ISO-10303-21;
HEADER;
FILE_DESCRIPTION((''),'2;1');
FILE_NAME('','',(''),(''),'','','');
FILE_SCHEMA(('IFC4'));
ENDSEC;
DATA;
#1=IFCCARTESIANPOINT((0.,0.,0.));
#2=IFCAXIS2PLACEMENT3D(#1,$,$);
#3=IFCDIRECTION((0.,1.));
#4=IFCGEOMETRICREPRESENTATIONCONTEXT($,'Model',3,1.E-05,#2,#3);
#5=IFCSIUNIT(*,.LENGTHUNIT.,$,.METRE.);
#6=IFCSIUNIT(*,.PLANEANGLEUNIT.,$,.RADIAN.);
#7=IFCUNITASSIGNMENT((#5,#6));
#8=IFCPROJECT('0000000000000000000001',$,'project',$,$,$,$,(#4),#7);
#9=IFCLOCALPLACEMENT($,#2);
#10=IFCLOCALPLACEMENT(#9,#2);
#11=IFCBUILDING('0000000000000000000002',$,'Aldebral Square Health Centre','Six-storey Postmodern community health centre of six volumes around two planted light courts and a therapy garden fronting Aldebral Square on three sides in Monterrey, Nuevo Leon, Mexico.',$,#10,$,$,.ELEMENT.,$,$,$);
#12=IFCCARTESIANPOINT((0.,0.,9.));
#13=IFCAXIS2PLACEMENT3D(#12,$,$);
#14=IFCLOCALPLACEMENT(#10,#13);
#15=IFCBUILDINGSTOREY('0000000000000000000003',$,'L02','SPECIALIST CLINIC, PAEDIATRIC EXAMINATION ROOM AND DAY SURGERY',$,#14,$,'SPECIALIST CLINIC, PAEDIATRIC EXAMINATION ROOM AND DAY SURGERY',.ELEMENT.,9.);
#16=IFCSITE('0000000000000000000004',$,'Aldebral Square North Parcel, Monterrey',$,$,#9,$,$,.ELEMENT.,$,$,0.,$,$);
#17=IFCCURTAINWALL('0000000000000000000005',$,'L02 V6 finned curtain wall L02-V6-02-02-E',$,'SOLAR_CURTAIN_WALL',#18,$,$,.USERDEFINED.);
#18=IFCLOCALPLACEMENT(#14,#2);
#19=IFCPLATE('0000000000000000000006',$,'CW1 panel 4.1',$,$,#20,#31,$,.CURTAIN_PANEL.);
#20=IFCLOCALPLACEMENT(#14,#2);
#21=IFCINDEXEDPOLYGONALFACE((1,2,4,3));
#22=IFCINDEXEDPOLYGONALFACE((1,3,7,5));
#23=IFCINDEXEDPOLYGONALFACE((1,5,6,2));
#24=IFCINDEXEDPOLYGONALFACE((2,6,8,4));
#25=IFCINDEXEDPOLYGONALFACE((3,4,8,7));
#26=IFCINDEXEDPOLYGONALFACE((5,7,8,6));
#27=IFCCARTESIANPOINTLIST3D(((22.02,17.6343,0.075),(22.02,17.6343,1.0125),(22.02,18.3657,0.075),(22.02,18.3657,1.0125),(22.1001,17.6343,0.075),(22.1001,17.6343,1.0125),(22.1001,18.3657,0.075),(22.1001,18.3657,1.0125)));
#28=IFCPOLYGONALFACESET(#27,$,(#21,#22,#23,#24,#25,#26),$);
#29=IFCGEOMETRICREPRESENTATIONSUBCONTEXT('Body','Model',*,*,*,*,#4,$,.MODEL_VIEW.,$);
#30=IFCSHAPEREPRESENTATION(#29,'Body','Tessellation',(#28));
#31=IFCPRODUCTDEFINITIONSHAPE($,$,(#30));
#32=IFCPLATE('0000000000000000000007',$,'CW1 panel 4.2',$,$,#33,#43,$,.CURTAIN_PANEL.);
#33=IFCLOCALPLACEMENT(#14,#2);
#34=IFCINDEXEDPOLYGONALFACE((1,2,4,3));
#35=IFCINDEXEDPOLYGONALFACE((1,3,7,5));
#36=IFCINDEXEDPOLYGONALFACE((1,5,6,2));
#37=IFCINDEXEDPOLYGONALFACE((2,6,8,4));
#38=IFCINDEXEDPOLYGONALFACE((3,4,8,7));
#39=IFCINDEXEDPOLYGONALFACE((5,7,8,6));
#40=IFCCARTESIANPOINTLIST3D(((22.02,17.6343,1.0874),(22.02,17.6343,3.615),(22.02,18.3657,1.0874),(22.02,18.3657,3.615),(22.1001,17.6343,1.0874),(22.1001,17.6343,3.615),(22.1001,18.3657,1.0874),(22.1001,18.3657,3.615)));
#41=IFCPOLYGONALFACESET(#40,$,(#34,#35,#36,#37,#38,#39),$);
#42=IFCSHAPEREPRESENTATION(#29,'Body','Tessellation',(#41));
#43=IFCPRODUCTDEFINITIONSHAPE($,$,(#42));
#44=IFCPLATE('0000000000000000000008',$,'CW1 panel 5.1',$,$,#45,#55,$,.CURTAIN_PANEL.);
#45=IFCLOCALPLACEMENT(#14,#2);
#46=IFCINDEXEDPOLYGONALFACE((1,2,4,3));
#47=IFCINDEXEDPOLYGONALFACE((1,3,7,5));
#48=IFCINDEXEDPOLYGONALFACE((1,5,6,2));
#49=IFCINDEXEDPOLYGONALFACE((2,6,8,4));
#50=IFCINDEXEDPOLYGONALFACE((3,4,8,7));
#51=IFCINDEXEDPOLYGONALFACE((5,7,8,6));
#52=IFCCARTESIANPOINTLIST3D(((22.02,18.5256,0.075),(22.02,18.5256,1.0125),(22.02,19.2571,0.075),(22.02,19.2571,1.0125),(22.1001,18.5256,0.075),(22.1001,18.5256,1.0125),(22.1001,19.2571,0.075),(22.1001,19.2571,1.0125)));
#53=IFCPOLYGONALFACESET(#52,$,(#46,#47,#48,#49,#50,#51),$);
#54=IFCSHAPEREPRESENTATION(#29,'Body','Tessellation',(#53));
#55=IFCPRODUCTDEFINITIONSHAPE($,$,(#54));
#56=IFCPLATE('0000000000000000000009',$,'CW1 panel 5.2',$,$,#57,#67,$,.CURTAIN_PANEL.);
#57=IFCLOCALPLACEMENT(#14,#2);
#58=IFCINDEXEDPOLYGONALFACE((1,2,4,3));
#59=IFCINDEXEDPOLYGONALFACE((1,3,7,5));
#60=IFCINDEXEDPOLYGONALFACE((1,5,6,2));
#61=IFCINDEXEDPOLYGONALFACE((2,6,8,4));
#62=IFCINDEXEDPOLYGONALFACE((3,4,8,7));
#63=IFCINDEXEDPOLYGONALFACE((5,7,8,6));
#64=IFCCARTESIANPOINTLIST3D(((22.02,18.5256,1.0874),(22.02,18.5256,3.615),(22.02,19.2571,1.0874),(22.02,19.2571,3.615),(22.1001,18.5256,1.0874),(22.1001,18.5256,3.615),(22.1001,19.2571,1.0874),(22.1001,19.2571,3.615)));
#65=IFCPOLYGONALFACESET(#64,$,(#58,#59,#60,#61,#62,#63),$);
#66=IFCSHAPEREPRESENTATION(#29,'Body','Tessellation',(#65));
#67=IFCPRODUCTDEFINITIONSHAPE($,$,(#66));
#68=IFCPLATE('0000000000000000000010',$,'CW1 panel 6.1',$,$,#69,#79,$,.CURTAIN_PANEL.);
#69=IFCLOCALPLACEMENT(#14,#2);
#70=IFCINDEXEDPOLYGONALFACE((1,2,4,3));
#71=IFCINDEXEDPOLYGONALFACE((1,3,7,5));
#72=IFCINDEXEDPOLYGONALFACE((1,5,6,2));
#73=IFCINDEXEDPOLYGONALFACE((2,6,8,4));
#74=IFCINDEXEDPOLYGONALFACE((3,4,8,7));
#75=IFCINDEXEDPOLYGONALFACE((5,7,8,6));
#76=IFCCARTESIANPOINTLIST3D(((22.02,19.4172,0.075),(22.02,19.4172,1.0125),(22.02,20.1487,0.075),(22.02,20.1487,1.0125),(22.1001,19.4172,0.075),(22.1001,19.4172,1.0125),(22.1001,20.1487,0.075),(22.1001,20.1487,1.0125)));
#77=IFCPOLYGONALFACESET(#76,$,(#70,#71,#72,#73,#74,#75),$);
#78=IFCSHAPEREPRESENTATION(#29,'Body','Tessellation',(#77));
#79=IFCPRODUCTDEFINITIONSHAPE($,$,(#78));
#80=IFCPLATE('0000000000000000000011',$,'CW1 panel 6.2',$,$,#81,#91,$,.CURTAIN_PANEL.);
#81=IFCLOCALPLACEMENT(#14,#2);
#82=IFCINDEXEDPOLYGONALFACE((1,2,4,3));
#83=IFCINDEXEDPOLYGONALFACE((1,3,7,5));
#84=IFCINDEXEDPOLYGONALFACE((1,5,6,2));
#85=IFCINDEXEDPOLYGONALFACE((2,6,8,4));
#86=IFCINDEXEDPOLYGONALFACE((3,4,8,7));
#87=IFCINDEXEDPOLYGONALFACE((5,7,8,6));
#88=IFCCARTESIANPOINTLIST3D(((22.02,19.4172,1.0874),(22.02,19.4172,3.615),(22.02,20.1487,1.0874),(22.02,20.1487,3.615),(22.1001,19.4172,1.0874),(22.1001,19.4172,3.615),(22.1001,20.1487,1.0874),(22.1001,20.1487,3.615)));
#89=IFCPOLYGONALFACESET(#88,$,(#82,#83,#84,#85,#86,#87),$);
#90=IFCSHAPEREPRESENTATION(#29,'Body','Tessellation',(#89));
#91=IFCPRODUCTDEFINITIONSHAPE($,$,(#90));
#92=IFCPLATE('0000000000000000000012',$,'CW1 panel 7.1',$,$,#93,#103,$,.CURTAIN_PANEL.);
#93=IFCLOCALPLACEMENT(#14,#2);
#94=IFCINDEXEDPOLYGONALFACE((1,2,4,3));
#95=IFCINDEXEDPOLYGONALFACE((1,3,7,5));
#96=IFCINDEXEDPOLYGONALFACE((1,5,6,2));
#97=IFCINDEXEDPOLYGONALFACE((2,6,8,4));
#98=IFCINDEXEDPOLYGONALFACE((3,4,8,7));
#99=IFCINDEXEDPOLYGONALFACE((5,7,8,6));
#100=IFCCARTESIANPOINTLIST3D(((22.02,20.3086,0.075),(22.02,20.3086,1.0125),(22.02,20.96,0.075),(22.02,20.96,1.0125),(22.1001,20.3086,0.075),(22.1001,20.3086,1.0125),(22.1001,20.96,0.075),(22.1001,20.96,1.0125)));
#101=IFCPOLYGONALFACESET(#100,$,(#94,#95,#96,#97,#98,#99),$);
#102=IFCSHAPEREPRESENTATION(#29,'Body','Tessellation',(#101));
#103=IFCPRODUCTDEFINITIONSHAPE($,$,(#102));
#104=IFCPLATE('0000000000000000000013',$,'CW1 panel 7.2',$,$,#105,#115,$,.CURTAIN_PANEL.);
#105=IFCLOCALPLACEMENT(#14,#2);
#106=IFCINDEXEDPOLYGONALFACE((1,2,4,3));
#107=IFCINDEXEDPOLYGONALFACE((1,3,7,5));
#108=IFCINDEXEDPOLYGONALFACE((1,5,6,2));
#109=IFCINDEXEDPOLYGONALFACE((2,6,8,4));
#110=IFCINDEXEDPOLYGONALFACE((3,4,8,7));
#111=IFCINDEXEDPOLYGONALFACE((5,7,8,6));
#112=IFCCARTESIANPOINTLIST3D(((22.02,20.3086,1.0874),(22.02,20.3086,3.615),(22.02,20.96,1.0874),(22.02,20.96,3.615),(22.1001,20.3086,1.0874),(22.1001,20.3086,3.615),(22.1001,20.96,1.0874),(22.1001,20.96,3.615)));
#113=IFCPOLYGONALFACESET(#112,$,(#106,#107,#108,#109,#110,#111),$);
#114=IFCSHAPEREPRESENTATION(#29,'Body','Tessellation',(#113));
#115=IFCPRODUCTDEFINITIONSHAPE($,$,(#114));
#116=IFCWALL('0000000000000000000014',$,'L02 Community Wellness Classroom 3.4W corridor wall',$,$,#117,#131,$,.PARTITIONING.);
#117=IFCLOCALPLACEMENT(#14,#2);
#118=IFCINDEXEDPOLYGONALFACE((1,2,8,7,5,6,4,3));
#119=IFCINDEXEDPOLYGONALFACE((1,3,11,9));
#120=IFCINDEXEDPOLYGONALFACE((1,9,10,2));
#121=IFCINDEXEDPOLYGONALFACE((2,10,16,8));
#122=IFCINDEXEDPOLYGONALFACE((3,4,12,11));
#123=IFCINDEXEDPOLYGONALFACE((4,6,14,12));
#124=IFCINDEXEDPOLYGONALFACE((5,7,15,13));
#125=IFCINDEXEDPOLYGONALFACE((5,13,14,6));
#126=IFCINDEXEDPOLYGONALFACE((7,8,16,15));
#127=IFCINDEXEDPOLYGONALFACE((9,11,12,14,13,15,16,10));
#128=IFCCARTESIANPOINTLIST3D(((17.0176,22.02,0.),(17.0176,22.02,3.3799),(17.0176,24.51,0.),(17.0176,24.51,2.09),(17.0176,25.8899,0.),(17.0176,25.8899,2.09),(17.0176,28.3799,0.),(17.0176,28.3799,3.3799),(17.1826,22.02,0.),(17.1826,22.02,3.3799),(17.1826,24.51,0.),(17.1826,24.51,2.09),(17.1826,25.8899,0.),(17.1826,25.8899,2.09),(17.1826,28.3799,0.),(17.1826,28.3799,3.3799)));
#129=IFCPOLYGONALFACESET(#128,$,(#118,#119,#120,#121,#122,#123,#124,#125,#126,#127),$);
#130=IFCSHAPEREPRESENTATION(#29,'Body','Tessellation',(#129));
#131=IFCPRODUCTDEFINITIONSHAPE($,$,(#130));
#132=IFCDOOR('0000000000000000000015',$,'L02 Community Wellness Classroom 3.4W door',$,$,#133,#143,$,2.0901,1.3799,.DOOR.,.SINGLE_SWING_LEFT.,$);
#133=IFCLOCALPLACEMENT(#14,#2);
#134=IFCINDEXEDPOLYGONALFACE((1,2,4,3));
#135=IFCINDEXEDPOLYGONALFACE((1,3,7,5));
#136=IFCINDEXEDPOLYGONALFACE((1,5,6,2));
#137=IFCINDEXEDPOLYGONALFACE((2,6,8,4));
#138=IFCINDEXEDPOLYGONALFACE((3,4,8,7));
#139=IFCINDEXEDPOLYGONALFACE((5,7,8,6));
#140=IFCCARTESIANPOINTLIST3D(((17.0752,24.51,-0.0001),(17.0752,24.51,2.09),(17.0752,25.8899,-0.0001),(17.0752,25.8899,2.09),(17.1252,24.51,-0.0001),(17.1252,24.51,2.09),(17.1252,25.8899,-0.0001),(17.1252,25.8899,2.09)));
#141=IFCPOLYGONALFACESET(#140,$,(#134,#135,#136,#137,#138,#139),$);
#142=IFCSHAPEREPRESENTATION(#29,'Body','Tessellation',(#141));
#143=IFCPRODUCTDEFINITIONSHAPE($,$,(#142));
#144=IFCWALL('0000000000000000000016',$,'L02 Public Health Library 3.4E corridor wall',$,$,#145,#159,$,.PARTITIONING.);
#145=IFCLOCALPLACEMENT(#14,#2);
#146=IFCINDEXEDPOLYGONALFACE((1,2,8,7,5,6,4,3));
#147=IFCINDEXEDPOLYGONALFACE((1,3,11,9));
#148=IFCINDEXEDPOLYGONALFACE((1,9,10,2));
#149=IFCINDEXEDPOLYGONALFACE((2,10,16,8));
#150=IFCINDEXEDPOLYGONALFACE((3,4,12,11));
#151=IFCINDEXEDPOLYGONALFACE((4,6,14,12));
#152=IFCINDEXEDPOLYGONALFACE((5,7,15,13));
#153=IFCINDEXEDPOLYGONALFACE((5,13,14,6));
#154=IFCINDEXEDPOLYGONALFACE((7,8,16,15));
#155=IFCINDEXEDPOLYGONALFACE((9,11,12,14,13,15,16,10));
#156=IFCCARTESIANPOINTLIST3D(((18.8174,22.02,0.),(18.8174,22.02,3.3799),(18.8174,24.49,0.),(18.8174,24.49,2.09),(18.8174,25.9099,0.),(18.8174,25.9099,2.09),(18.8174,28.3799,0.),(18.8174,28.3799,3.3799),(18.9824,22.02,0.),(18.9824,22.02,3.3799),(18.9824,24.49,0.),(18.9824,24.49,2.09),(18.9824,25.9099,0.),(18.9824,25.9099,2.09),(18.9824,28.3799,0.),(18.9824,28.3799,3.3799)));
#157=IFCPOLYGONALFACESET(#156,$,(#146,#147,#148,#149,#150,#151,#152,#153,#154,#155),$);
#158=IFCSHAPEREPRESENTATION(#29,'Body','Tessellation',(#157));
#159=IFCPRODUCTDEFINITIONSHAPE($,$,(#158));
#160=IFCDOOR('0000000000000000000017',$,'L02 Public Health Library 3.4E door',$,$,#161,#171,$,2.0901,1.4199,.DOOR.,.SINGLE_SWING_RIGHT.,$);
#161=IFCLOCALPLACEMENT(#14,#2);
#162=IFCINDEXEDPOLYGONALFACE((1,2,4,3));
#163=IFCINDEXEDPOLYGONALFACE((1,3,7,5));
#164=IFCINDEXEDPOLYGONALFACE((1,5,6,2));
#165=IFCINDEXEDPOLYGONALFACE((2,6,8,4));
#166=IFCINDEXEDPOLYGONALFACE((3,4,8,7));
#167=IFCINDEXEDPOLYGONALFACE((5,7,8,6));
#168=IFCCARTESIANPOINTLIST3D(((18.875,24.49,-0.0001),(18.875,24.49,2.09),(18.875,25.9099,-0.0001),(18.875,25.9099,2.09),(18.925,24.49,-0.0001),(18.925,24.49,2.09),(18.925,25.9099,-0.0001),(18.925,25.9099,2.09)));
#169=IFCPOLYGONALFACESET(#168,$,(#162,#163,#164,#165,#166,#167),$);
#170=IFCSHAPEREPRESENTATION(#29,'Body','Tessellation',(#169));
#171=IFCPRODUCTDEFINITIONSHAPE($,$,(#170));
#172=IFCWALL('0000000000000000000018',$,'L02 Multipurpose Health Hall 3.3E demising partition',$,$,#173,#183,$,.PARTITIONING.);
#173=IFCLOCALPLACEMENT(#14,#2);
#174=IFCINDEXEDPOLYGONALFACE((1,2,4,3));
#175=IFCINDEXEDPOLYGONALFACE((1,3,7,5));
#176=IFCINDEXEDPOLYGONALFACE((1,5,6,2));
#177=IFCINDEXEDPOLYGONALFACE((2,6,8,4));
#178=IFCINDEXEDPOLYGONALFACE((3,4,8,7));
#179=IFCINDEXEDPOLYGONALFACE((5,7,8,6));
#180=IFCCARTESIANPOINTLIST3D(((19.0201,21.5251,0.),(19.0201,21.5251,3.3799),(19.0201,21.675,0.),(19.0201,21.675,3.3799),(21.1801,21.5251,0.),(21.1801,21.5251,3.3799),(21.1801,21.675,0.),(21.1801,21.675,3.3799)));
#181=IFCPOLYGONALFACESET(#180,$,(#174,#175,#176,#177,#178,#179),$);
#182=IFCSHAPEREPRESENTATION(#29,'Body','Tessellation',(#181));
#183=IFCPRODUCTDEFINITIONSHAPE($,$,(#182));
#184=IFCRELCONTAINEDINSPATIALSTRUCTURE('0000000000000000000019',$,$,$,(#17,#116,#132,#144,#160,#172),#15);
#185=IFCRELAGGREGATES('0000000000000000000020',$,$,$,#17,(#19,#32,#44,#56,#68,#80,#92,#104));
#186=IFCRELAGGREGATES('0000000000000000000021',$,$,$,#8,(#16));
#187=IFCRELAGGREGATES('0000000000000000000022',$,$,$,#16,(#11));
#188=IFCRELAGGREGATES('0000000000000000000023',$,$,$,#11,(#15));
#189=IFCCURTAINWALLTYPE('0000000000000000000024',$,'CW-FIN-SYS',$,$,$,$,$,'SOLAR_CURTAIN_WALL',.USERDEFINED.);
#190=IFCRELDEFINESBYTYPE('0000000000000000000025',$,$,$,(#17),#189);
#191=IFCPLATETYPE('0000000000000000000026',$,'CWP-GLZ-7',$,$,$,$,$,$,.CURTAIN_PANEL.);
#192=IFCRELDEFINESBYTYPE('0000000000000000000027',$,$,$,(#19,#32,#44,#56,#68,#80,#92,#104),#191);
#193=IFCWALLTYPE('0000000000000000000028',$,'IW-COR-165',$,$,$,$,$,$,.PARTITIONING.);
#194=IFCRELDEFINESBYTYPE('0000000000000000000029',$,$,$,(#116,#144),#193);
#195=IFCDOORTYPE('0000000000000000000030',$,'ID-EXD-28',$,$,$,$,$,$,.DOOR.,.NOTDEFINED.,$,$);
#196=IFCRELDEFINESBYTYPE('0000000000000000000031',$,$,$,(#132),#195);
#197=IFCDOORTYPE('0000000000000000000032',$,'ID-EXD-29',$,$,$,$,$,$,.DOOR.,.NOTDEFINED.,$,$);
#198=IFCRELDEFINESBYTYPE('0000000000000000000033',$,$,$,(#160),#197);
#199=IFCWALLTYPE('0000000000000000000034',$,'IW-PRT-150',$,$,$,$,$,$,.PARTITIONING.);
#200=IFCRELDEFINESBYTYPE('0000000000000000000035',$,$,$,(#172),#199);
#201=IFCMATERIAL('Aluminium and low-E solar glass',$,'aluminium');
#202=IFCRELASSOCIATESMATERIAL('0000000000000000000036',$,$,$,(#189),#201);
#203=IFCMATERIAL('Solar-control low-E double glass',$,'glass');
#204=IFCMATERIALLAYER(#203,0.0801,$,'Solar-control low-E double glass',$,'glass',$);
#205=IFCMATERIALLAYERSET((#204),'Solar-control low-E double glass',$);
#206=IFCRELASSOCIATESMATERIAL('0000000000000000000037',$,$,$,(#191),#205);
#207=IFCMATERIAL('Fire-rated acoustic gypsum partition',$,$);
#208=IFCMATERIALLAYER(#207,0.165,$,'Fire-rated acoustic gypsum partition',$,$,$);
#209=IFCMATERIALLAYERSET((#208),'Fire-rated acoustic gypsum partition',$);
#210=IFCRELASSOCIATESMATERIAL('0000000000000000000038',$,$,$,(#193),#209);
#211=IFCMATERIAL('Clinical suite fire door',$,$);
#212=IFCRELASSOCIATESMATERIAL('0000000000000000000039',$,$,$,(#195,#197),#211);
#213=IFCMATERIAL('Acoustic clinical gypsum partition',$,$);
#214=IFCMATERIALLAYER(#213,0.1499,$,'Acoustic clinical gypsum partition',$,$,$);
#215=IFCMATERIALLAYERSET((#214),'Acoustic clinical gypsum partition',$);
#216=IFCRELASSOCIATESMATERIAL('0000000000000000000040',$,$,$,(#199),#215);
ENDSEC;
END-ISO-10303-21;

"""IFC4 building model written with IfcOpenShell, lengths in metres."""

from ifc_helpers import new_model, si_unit, direction, frame, frame_2d, origin, origin_2d, place, context, subcontext, project, spatial, rectangle, extrude, material, layer, layer_set, type_object, element, fill, aggregate, save


model = new_model("IFC4")

# Units and contexts
model_context = context("Model", 3, precision=1e-05, world=origin(), true_north=direction((0.0, 1.0)))
body_context = subcontext(model_context, "Body", "Model", "MODEL_VIEW")
ifc_project = project(units=[si_unit("LENGTHUNIT", "METRE"), si_unit("PLANEANGLEUNIT", "RADIAN")], contexts=[model_context])

# Site, building, storey
site_placement = place(None, origin())
site = spatial("IfcSite", under=ifc_project, at=site_placement, Name="Aldebral Square North Parcel, Monterrey", CompositionType="ELEMENT", RefElevation=0.0)
building_placement = place(site_placement, origin())
building = spatial("IfcBuilding", under=site, at=building_placement, Name="Aldebral Square Health Centre", Description="Six-storey Postmodern community health centre of six volumes around two planted light courts and a therapy garden fronting Aldebral Square on three sides in Monterrey, Nuevo Leon, Mexico.", CompositionType="ELEMENT")
storey_placement = place(building_placement, frame((0.0, 0.0, 9.0)))
storey = spatial("IfcBuildingStorey", under=building, at=storey_placement, Name="L02", Description="SPECIALIST CLINIC, PAEDIATRIC EXAMINATION ROOM AND DAY SURGERY", LongName="SPECIALIST CLINIC, PAEDIATRIC EXAMINATION ROOM AND DAY SURGERY", CompositionType="ELEMENT", Elevation=9.0)

# Curtain wall
ifc_material_1 = material(Name="Aluminium and low-E solar glass", Category="aluminium")
curtain_wall_type = type_object("IfcCurtainWallType", Name="CW-FIN-SYS", ElementType="SOLAR_CURTAIN_WALL", PredefinedType="USERDEFINED", material=ifc_material_1)
curtain_wall_1_placement = place(storey_placement, origin())
curtain_wall_1 = element("IfcCurtainWall", 1, at=curtain_wall_1_placement, inside=storey, type_object=curtain_wall_type, Name="L02 V6 finned curtain wall L02-V6-02-02-E", ObjectType="SOLAR_CURTAIN_WALL", PredefinedType="USERDEFINED")

# Plates
ifc_material_2 = material(Name="Solar-control low-E double glass", Category="glass")
ifc_layer_1 = layer(ifc_material_2, 0.0801, Name="Solar-control low-E double glass", Category="glass")
ifc_layer_set_1 = layer_set([ifc_layer_1], Name="Solar-control low-E double glass")
plate_type_1 = type_object("IfcPlateType", Name="CWP-GLZ-7", PredefinedType="CURTAIN_PANEL", material=ifc_layer_set_1)
plate_1_placement = place(storey_placement, frame((22.0601, 18.0, 0.075), z_axis=(0.0, 0.0, 1.0), x_axis=(0.0, 1.0, 0.0)))
plate_1 = element("IfcPlate", 2, at=plate_1_placement, type_object=plate_type_1, Name="CW1 panel 4.1", PredefinedType="CURTAIN_PANEL", context=body_context, shape_type="SweptSolid", body=[
    extrude(rectangle(XDim=0.7314, YDim=0.0801, at=origin_2d()), origin(), (0.0, 0.0, 1.0), 0.9375),
])
plate_2_placement = place(storey_placement, frame((22.0601, 18.0, 1.0874), z_axis=(0.0, 0.0, 1.0), x_axis=(0.0, 1.0, 0.0)))
plate_2 = element("IfcPlate", 3, at=plate_2_placement, type_object=plate_type_1, Name="CW1 panel 4.2", PredefinedType="CURTAIN_PANEL", context=body_context, shape_type="SweptSolid", body=[
    extrude(rectangle(XDim=0.7314, YDim=0.0801, at=origin_2d()), origin(), (0.0, 0.0, 1.0), 2.5276),
])
plate_3_placement = place(storey_placement, frame((22.0601, 18.8914, 0.075), z_axis=(0.0, 0.0, 1.0), x_axis=(0.0, 1.0, 0.0)))
plate_3 = element("IfcPlate", 4, at=plate_3_placement, type_object=plate_type_1, Name="CW1 panel 5.1", PredefinedType="CURTAIN_PANEL", context=body_context, shape_type="SweptSolid", body=[
    extrude(rectangle(XDim=0.7314, YDim=0.0801, at=origin_2d()), origin(), (0.0, 0.0, 1.0), 0.9375),
])
plate_4_placement = place(storey_placement, frame((22.0601, 18.8914, 1.0874), z_axis=(0.0, 0.0, 1.0), x_axis=(0.0, 1.0, 0.0)))
plate_4 = element("IfcPlate", 5, at=plate_4_placement, type_object=plate_type_1, Name="CW1 panel 5.2", PredefinedType="CURTAIN_PANEL", context=body_context, shape_type="SweptSolid", body=[
    extrude(rectangle(XDim=0.7314, YDim=0.0801, at=origin_2d()), origin(), (0.0, 0.0, 1.0), 2.5276),
])
plate_5_placement = place(storey_placement, frame((22.0601, 19.783, 0.075), z_axis=(0.0, 0.0, 1.0), x_axis=(0.0, 1.0, 0.0)))
plate_5 = element("IfcPlate", 6, at=plate_5_placement, type_object=plate_type_1, Name="CW1 panel 6.1", PredefinedType="CURTAIN_PANEL", context=body_context, shape_type="SweptSolid", body=[
    extrude(rectangle(XDim=0.7314, YDim=0.0801, at=origin_2d()), origin(), (0.0, 0.0, 1.0), 0.9375),
])
plate_6_placement = place(storey_placement, frame((22.0601, 19.783, 1.0874), z_axis=(0.0, 0.0, 1.0), x_axis=(0.0, 1.0, 0.0)))
plate_6 = element("IfcPlate", 7, at=plate_6_placement, type_object=plate_type_1, Name="CW1 panel 6.2", PredefinedType="CURTAIN_PANEL", context=body_context, shape_type="SweptSolid", body=[
    extrude(rectangle(XDim=0.7314, YDim=0.0801, at=origin_2d()), origin(), (0.0, 0.0, 1.0), 2.5276),
])
plate_7_placement = place(storey_placement, frame((22.0601, 20.6343, 0.075), z_axis=(0.0, 0.0, 1.0), x_axis=(0.0, 1.0, 0.0)))
plate_7 = element("IfcPlate", 8, at=plate_7_placement, type_object=plate_type_1, Name="CW1 panel 7.1", PredefinedType="CURTAIN_PANEL", context=body_context, shape_type="SweptSolid", body=[
    extrude(rectangle(XDim=0.6514, YDim=0.0801, at=origin_2d()), origin(), (0.0, 0.0, 1.0), 0.9375),
])
plate_8_placement = place(storey_placement, frame((22.0601, 20.6343, 1.0874), z_axis=(0.0, 0.0, 1.0), x_axis=(0.0, 1.0, 0.0)))
plate_8 = element("IfcPlate", 9, at=plate_8_placement, type_object=plate_type_1, Name="CW1 panel 7.2", PredefinedType="CURTAIN_PANEL", context=body_context, shape_type="SweptSolid", body=[
    extrude(rectangle(XDim=0.6514, YDim=0.0801, at=origin_2d()), origin(), (0.0, 0.0, 1.0), 2.5276),
])
aggregate(curtain_wall_1, [plate_1, plate_2, plate_3, plate_4, plate_5, plate_6, plate_7, plate_8])

# Walls, openings, doors
ifc_material_3 = material(Name="Fire-rated acoustic gypsum partition")
ifc_layer_2 = layer(ifc_material_3, 0.165, Name="Fire-rated acoustic gypsum partition")
ifc_layer_set_2 = layer_set([ifc_layer_2], Name="Fire-rated acoustic gypsum partition")
wall_type_1 = type_object("IfcWallType", Name="IW-COR-165", PredefinedType="PARTITIONING", material=ifc_layer_set_2)
wall_1_placement = place(storey_placement, frame((17.1001, 22.02, 0.0), z_axis=(0.0, 0.0, 1.0), x_axis=(0.0, 1.0, 0.0)))
wall_1 = element("IfcWall", 10, at=wall_1_placement, inside=storey, type_object=wall_type_1, Name="L02 Community Wellness Classroom 3.4W corridor wall", PredefinedType="PARTITIONING", context=body_context, shape_type="SweptSolid", body=[
    extrude(rectangle(XDim=6.3599, YDim=0.165, at=frame_2d((3.1799, 0.0))), origin(), (0.0, 0.0, 1.0), 3.3799),
])
opening_1_placement = place(wall_1_placement, frame((2.49, 0.0, 0.0)))
opening_1 = element("IfcOpeningElement", 11, at=opening_1_placement, cuts=wall_1, PredefinedType="OPENING", context=body_context, shape_type="SweptSolid", body=[
    extrude(rectangle(XDim=1.3799, YDim=2.0901, at=frame_2d((0.6899, 1.0449))), frame((0.0, 0.0925, 0.0), z_axis=(0.0, -1.0, 0.0), x_axis=(1.0, 0.0, 0.0)), (0.0, 0.0, 1.0), 0.1851),
])
ifc_material_4 = material(Name="Clinical suite fire door")
door_type_1 = type_object("IfcDoorType", Name="ID-EXD-28", OperationType="NOTDEFINED", PredefinedType="DOOR", material=ifc_material_4)
door_1_placement = place(opening_1_placement, origin())
door_1 = element("IfcDoor", 12, at=door_1_placement, inside=storey, type_object=door_type_1, Name="L02 Community Wellness Classroom 3.4W door", OperationType="SINGLE_SWING_LEFT", OverallHeight=2.0901, OverallWidth=1.3799, PredefinedType="DOOR", context=body_context, shape_type="SweptSolid", body=[
    extrude(rectangle(XDim=1.3799, YDim=2.0901, at=frame_2d((0.6899, 1.0449))), frame((0.0, 0.0249, 0.0), z_axis=(0.0, -1.0, 0.0), x_axis=(1.0, 0.0, 0.0)), (0.0, 0.0, 1.0), 0.05),
])
fill(opening_1, door_1)
wall_2_placement = place(storey_placement, frame((18.8999, 22.02, 0.0), z_axis=(0.0, 0.0, 1.0), x_axis=(0.0, 1.0, 0.0)))
wall_2 = element("IfcWall", 13, at=wall_2_placement, inside=storey, type_object=wall_type_1, Name="L02 Public Health Library 3.4E corridor wall", PredefinedType="PARTITIONING", context=body_context, shape_type="SweptSolid", body=[
    extrude(rectangle(XDim=6.3599, YDim=0.165, at=frame_2d((3.1799, 0.0))), origin(), (0.0, 0.0, 1.0), 3.3799),
])
opening_2_placement = place(wall_2_placement, frame((2.47, 0.0, 0.0)))
opening_2 = element("IfcOpeningElement", 14, at=opening_2_placement, cuts=wall_2, PredefinedType="OPENING", context=body_context, shape_type="SweptSolid", body=[
    extrude(rectangle(XDim=1.4199, YDim=2.0901, at=frame_2d((0.71, 1.0449))), frame((0.0, 0.0925, 0.0), z_axis=(0.0, -1.0, 0.0), x_axis=(1.0, 0.0, 0.0)), (0.0, 0.0, 1.0), 0.1851),
])
door_type_2 = type_object("IfcDoorType", Name="ID-EXD-29", OperationType="NOTDEFINED", PredefinedType="DOOR", material=ifc_material_4)
door_2_placement = place(opening_2_placement, origin())
door_2 = element("IfcDoor", 15, at=door_2_placement, inside=storey, type_object=door_type_2, Name="L02 Public Health Library 3.4E door", OperationType="SINGLE_SWING_RIGHT", OverallHeight=2.0901, OverallWidth=1.4199, PredefinedType="DOOR", context=body_context, shape_type="SweptSolid", body=[
    extrude(rectangle(XDim=1.4199, YDim=2.0901, at=frame_2d((0.71, 1.0449))), frame((0.0, 0.0249, 0.0), z_axis=(0.0, -1.0, 0.0), x_axis=(1.0, 0.0, 0.0)), (0.0, 0.0, 1.0), 0.05),
])
fill(opening_2, door_2)

# Wall
ifc_material_5 = material(Name="Acoustic clinical gypsum partition")
ifc_layer_3 = layer(ifc_material_5, 0.1499, Name="Acoustic clinical gypsum partition")
ifc_layer_set_3 = layer_set([ifc_layer_3], Name="Acoustic clinical gypsum partition")
wall_type_2 = type_object("IfcWallType", Name="IW-PRT-150", PredefinedType="PARTITIONING", material=ifc_layer_set_3)
wall_3_placement = place(storey_placement, frame((19.02, 21.6001, 0.0), z_axis=(0.0, 0.0, 1.0), x_axis=(1.0, 0.0, 0.0)))
element("IfcWall", 16, at=wall_3_placement, inside=storey, type_object=wall_type_2, Name="L02 Multipurpose Health Hall 3.3E demising partition", PredefinedType="PARTITIONING", context=body_context, shape_type="SweptSolid", body=[
    extrude(rectangle(XDim=2.1599, YDim=0.1499, at=frame_2d((1.0801, 0.0))), origin(), (0.0, 0.0, 1.0), 3.3799),
])

save(model, "model.ifc")
